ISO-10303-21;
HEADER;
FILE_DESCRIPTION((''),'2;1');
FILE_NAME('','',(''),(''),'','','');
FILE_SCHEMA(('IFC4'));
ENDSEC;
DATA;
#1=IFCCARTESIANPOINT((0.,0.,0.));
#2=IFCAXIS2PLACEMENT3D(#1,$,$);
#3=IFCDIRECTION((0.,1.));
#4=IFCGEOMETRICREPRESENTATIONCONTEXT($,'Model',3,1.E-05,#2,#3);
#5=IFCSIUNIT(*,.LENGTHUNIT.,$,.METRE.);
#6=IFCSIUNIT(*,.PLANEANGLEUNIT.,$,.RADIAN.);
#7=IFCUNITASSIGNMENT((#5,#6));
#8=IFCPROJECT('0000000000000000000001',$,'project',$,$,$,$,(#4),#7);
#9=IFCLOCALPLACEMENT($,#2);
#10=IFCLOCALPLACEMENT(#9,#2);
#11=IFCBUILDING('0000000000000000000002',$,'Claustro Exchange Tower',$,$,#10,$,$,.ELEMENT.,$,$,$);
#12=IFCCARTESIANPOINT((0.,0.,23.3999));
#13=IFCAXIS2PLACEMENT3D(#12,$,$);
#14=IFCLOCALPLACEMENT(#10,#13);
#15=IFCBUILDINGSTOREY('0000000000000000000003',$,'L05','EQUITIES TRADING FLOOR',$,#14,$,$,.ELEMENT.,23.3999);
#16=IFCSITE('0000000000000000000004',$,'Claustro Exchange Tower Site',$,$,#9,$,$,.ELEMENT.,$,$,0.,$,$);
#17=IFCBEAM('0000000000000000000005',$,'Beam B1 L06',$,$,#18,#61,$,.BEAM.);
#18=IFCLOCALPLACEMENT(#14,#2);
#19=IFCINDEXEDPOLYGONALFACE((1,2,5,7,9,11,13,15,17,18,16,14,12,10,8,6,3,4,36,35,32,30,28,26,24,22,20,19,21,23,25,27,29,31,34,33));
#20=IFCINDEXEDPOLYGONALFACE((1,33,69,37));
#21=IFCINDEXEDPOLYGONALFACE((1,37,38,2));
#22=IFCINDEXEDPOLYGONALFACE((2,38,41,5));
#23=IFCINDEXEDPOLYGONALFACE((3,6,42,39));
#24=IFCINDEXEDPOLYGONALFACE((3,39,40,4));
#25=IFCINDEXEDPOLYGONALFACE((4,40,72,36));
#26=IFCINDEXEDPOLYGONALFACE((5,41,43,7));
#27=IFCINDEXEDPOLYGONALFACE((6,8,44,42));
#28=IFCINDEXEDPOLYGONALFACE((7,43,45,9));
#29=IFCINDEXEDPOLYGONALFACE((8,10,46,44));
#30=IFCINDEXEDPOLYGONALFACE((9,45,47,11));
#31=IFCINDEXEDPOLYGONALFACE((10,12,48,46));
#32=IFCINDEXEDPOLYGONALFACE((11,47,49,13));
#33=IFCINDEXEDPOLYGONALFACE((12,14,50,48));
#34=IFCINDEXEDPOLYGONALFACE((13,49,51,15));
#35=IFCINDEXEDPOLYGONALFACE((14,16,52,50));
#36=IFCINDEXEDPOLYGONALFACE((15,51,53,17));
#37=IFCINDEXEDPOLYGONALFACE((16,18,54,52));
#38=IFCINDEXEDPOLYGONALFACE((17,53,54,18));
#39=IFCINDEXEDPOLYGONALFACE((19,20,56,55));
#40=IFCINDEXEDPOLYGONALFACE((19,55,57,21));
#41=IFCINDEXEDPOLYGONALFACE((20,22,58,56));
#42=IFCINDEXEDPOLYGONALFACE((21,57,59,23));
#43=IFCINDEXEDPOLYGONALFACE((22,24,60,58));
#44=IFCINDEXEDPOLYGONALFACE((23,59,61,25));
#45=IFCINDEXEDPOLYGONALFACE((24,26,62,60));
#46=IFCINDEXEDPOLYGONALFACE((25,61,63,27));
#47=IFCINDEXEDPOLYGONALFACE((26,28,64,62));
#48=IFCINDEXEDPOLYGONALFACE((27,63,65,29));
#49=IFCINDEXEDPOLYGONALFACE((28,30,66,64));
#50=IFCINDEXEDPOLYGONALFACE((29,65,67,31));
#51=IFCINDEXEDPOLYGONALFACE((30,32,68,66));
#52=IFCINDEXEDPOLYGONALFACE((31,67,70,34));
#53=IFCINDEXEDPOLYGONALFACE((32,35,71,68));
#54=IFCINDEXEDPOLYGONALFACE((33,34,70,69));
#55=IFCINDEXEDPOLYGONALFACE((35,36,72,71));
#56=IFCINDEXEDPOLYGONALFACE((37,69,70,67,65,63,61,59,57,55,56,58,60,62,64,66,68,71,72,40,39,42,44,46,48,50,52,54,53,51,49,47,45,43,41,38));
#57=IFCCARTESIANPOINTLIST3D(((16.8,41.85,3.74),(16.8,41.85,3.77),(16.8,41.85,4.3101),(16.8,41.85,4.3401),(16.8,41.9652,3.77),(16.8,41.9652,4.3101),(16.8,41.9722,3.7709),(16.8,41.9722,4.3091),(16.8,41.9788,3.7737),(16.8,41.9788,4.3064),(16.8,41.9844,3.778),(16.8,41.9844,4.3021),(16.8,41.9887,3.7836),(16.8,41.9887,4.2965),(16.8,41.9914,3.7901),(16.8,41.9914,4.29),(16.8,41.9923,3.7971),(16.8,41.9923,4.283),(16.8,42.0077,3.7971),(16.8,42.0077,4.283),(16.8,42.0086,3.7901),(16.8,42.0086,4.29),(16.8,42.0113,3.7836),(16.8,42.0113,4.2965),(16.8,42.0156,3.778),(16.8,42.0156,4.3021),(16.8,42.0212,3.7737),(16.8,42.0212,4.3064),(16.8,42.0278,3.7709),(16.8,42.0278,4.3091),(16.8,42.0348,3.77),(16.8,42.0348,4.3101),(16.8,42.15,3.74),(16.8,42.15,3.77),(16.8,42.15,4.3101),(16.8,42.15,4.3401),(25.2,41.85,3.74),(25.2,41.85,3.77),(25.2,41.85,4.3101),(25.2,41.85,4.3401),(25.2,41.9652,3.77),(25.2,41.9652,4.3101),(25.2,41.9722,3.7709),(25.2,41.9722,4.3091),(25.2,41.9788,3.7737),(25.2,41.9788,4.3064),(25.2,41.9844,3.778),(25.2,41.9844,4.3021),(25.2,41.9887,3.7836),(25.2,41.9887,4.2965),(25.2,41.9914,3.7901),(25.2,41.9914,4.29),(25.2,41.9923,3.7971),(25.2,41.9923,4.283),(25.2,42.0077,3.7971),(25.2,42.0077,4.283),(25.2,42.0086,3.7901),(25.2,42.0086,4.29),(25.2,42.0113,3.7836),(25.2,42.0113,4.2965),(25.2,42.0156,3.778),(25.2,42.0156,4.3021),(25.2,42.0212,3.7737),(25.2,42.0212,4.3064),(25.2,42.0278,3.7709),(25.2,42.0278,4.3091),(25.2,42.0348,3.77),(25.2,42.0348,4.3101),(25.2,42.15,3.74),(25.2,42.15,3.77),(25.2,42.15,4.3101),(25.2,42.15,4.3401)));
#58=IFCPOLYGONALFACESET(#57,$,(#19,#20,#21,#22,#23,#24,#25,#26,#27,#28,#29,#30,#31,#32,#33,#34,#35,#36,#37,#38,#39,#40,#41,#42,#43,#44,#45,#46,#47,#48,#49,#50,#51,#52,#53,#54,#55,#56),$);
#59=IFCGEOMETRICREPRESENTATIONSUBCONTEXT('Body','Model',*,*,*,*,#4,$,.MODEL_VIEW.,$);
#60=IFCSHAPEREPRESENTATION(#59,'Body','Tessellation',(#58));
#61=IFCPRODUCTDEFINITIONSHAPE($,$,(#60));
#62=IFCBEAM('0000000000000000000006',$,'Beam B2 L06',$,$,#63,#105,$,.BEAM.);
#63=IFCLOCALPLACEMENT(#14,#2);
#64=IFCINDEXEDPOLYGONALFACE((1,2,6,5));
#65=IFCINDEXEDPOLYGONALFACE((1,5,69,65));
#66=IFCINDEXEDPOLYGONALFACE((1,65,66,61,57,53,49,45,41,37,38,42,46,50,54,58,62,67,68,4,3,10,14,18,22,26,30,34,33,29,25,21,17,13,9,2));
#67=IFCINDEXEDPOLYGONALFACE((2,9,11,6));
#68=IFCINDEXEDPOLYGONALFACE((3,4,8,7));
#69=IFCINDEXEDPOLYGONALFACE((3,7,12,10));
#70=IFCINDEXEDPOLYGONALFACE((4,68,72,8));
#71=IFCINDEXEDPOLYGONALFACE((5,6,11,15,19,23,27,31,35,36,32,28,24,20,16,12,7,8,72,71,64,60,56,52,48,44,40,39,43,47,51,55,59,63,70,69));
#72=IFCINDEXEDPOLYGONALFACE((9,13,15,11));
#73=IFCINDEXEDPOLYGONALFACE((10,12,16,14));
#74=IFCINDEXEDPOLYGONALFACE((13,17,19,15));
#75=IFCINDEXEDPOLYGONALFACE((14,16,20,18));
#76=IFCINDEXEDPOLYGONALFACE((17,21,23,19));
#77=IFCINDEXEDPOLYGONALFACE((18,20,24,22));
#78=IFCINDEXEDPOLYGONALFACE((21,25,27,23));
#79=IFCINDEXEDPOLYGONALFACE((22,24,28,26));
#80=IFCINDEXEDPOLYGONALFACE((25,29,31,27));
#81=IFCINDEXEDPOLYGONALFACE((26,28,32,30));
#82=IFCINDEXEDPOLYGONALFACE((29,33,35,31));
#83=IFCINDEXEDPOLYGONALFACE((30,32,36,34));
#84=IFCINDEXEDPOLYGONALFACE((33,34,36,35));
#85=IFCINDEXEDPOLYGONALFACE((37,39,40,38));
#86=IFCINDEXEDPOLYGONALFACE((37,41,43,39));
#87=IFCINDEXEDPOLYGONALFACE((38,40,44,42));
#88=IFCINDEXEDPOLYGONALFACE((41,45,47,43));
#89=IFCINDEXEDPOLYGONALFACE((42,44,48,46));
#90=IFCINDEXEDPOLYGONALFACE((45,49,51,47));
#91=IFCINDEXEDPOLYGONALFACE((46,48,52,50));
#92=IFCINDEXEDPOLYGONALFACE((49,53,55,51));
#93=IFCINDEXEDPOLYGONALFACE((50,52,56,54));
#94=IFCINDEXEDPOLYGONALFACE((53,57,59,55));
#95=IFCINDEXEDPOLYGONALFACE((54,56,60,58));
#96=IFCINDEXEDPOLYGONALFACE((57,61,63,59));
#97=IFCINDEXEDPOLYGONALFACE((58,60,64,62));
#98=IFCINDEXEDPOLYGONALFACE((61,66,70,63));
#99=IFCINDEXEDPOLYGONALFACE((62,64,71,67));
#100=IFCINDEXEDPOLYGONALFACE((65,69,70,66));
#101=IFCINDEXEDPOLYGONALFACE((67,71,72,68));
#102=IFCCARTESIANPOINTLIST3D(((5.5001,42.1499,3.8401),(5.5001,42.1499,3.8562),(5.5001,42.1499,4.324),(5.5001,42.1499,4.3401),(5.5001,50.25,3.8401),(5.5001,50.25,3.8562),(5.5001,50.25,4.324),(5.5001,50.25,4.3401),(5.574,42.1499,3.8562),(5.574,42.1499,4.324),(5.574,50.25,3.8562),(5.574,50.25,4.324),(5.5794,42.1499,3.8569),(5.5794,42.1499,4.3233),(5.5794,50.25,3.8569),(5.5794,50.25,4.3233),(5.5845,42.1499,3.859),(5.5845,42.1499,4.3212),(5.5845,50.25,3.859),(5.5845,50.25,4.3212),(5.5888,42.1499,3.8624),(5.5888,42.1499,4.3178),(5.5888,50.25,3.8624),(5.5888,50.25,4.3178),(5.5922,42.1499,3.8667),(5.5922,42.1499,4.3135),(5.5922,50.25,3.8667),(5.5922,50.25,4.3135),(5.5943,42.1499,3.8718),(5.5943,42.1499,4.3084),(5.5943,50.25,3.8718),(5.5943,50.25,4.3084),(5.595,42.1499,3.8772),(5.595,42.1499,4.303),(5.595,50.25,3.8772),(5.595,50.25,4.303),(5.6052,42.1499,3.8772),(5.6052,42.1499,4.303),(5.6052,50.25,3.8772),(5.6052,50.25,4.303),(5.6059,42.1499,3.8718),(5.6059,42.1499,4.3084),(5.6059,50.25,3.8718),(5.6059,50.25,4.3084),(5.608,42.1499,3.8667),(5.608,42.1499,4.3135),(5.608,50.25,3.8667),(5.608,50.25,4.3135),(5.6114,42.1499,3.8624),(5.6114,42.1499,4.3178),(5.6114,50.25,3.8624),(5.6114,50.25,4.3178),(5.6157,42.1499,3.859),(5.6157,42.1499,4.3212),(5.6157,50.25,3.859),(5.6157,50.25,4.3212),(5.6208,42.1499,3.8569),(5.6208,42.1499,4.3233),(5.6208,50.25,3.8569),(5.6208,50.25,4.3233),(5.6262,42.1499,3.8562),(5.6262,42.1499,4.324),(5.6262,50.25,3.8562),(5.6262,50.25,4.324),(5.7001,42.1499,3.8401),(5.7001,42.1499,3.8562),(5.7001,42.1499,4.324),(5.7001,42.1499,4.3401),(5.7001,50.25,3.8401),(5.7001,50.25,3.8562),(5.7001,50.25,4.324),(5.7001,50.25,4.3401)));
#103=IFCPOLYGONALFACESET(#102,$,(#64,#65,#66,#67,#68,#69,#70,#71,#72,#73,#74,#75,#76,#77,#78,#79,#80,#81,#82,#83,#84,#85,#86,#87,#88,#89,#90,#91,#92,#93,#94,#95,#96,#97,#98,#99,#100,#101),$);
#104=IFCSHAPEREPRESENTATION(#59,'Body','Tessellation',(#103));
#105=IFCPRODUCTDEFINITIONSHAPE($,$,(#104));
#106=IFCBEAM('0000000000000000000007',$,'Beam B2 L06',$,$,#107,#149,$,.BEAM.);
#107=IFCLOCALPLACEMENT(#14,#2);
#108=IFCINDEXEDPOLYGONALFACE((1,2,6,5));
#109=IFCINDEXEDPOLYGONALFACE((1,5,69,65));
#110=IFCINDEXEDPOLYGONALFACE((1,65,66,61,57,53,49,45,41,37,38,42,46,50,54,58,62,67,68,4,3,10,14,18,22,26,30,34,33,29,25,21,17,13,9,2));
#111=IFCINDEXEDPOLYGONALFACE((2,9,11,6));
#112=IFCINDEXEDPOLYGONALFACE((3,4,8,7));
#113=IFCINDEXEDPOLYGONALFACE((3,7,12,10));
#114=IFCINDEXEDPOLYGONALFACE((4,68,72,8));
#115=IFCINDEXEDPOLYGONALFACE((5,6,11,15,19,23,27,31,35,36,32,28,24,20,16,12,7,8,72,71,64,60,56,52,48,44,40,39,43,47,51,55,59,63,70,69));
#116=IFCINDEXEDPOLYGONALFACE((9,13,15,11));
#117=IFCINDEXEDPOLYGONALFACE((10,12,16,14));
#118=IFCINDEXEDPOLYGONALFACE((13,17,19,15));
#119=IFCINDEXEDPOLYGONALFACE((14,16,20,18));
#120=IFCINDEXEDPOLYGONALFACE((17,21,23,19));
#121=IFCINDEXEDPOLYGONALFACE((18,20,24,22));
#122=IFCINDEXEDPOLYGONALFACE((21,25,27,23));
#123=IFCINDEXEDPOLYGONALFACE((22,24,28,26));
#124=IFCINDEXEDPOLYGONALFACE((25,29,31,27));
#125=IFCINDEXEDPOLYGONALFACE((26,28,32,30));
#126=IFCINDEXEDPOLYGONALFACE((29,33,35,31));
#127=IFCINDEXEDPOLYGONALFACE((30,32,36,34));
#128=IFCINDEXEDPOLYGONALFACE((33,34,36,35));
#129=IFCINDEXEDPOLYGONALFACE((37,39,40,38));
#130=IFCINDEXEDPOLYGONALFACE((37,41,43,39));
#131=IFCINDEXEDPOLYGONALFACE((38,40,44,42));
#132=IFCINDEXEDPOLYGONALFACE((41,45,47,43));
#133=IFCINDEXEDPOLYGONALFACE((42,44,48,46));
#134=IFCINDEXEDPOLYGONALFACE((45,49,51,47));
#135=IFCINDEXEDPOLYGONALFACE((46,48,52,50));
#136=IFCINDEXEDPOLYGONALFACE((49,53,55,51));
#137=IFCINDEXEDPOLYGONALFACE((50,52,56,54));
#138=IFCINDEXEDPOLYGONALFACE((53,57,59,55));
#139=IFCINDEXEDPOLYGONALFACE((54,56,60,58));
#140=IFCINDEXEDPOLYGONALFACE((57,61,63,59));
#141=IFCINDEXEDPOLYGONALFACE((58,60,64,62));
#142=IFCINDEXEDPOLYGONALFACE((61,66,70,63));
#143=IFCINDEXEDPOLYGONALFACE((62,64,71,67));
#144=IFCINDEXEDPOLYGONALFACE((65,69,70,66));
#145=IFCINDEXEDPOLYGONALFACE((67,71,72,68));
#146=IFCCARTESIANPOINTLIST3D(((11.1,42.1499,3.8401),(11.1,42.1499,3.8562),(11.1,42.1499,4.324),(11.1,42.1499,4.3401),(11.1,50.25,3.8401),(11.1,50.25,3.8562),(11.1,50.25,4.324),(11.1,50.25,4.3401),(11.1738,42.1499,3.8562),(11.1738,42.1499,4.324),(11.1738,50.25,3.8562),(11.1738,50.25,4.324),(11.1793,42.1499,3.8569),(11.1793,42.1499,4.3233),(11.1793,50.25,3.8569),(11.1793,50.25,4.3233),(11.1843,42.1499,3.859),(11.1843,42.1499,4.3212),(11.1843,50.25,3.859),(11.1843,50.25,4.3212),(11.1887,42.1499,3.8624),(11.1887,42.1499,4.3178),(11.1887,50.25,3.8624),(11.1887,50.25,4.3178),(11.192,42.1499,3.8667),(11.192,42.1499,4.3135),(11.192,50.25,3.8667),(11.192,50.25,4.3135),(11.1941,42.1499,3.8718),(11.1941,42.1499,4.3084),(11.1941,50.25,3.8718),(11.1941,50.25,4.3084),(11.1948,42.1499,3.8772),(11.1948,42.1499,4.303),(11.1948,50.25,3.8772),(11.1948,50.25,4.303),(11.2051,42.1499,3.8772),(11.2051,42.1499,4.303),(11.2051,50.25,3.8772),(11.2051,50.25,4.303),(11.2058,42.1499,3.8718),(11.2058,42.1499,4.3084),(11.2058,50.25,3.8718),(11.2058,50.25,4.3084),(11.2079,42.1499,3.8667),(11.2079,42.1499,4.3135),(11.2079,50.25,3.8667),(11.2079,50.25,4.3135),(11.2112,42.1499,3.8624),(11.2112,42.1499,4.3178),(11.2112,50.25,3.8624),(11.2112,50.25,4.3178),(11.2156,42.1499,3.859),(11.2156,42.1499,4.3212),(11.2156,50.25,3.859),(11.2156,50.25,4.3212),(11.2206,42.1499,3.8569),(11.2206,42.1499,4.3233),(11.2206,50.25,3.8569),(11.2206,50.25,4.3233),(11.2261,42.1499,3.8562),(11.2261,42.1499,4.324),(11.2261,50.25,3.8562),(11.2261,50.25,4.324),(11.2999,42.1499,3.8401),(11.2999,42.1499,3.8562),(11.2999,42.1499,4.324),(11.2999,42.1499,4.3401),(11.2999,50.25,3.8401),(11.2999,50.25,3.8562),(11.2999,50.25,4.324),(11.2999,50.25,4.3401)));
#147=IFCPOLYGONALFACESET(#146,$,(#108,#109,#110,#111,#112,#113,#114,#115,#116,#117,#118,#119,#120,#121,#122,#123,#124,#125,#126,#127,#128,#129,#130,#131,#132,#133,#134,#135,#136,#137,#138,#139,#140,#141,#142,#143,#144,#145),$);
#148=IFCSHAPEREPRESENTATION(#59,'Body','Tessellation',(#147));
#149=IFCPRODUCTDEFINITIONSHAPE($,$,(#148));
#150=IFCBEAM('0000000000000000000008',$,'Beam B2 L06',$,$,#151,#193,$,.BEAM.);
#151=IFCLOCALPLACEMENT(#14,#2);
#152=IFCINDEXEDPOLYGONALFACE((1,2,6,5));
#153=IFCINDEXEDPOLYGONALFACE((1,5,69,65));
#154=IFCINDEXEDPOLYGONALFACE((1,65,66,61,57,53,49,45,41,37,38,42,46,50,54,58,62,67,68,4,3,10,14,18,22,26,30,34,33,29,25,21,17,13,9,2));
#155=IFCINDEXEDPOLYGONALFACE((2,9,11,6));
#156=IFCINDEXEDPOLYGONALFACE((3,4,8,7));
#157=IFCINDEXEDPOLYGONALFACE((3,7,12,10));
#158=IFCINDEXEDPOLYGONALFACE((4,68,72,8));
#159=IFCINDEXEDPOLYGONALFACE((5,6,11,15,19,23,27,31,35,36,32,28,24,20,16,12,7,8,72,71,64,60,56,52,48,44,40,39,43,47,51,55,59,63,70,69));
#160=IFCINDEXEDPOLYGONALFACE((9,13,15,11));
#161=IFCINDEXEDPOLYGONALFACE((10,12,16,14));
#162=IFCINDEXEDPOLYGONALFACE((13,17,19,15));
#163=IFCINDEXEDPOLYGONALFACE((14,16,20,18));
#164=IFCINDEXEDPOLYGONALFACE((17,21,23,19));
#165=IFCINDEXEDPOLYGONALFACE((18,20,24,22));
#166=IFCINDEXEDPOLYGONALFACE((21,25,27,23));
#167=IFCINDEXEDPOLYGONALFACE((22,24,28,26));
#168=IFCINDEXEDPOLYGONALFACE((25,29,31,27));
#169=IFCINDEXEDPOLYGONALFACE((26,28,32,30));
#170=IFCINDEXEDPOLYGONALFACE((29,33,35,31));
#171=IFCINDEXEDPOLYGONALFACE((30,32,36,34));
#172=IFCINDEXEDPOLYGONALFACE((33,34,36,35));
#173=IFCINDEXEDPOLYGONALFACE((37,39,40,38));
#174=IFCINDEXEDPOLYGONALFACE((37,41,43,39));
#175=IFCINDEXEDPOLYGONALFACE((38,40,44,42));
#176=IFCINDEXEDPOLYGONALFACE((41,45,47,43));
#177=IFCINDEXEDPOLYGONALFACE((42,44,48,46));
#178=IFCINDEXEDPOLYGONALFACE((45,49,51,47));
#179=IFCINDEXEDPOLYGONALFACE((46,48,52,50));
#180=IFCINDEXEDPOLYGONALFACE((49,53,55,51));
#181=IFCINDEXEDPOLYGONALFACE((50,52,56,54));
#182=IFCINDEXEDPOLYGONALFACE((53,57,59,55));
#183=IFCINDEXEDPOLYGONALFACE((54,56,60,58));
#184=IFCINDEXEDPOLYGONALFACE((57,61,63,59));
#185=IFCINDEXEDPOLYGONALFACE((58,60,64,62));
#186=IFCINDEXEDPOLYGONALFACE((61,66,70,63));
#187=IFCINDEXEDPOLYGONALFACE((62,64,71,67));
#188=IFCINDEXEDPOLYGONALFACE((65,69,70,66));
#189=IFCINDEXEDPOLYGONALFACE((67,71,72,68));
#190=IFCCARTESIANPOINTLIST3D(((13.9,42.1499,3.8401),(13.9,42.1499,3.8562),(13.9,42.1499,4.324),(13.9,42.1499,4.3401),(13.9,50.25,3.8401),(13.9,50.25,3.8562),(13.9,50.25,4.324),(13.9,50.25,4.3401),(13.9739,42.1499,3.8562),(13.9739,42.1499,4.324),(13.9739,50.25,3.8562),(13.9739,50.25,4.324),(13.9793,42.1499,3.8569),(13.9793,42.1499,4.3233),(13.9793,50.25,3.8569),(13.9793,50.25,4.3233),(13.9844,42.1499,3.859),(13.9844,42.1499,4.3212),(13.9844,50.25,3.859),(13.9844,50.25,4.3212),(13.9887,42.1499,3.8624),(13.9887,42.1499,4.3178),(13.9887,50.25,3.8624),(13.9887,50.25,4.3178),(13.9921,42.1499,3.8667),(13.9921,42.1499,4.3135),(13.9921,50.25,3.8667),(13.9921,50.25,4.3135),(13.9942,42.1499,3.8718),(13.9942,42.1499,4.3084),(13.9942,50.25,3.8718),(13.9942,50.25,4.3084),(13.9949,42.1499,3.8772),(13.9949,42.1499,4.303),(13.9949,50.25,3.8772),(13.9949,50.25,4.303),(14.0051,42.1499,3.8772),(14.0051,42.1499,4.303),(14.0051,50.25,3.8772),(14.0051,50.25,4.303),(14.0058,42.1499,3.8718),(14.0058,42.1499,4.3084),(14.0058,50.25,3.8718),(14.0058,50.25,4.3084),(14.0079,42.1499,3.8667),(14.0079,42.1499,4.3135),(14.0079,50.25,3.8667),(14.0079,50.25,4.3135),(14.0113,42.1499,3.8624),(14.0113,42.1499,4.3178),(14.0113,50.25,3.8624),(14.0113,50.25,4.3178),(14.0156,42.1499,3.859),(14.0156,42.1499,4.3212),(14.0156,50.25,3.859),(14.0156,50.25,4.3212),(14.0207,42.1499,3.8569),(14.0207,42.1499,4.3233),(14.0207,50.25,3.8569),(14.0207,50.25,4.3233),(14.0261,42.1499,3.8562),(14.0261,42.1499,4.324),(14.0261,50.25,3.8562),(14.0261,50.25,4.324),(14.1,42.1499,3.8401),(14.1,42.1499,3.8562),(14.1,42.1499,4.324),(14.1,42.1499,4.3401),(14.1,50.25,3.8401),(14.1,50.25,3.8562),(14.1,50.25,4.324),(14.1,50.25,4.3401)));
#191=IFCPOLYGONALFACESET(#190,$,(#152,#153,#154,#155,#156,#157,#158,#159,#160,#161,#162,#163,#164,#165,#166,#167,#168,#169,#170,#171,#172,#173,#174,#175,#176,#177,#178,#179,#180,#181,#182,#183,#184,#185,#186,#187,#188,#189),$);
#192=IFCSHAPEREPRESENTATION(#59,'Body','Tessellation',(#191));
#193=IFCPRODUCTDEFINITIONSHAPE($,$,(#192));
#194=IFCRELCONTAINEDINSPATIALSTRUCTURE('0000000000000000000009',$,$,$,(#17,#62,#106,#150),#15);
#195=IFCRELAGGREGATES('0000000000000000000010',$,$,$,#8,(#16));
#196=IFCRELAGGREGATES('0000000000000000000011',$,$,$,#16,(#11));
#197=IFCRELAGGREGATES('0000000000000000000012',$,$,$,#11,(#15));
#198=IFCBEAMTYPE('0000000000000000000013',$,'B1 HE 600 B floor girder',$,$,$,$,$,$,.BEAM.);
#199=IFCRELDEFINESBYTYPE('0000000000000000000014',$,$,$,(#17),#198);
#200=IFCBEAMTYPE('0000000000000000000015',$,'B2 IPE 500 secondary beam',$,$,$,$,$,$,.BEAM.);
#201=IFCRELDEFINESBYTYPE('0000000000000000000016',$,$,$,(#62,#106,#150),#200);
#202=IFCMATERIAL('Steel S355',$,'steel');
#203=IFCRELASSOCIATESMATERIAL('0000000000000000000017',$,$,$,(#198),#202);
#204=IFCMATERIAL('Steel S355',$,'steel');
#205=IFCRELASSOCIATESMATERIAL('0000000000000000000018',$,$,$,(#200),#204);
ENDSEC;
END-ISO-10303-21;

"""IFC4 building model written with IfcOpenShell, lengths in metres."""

from ifc_helpers import new_model, si_unit, direction, frame, origin, origin_2d, place, context, subcontext, project, spatial, i_section, extrude, material, material_profile, profile_set, type_object, element, save


model = new_model("IFC4")

# Units and contexts
model_context = context("Model", 3, precision=1e-05, world=origin(), true_north=direction((0.0, 1.0)))
body_context = subcontext(model_context, "Body", "Model", "MODEL_VIEW")
ifc_project = project(units=[si_unit("LENGTHUNIT", "METRE"), si_unit("PLANEANGLEUNIT", "RADIAN")], contexts=[model_context])

# Site, building, storey
site_placement = place(None, origin())
site = spatial("IfcSite", under=ifc_project, at=site_placement, Name="Claustro Exchange Tower Site", CompositionType="ELEMENT", RefElevation=0.0)
building_placement = place(site_placement, origin())
building = spatial("IfcBuilding", under=site, at=building_placement, Name="Claustro Exchange Tower", CompositionType="ELEMENT")
storey_placement = place(building_placement, frame((0.0, 0.0, 23.3999)))
storey = spatial("IfcBuildingStorey", under=building, at=storey_placement, Name="L05", Description="EQUITIES TRADING FLOOR", CompositionType="ELEMENT", Elevation=23.3999)

# Beams
ifc_material_1 = material(Name="Steel S355", Category="steel")
ifc_material_profile_1 = material_profile(ifc_material_1, i_section(OverallWidth=0.3, OverallDepth=0.6001, WebThickness=0.0154, FlangeThickness=0.03, FilletRadius=0.0271, at=origin_2d()), Name="HE 600 B")
ifc_profile_set_1 = profile_set([ifc_material_profile_1], Name="Steel S355")
beam_type_1 = type_object("IfcBeamType", Name="B1 HE 600 B floor girder", PredefinedType="BEAM", material=ifc_profile_set_1)
beam_1_placement = place(storey_placement, frame((16.8, 42.0, 4.04), z_axis=(1.0, 0.0, 0.0), x_axis=(0.0, 1.0, 0.0)))
element("IfcBeam", 1, at=beam_1_placement, inside=storey, type_object=beam_type_1, Name="Beam B1 L06", PredefinedType="BEAM", context=body_context, shape_type="SweptSolid", body=[
    extrude(i_section(OverallWidth=0.3, OverallDepth=0.6001, WebThickness=0.0154, FlangeThickness=0.03, FilletRadius=0.0271, at=origin_2d()), origin(), (0.0, 0.0, 1.0), 8.3999),
])
ifc_material_2 = material(Name="Steel S355", Category="steel")
ifc_material_profile_2 = material_profile(ifc_material_2, i_section(OverallWidth=0.2, OverallDepth=0.5, WebThickness=0.0103, FlangeThickness=0.0161, FilletRadius=0.021, at=origin_2d()), Name="IPE 500")
ifc_profile_set_2 = profile_set([ifc_material_profile_2], Name="Steel S355")
beam_type_2 = type_object("IfcBeamType", Name="B2 IPE 500 secondary beam", PredefinedType="BEAM", material=ifc_profile_set_2)
for number, where, z_axis, x_axis, name in (
    (2, (5.6001, 42.1499, 4.0901), (0.0, 1.0, 0.0), (-1.0, 0.0, 0.0), "Beam B2 L06"),
    (3, (11.2, 42.1499, 4.0901), (0.0, 1.0, 0.0), (-1.0, 0.0, 0.0), "Beam B2 L06"),
    (4, (14.0, 42.1499, 4.0901), (0.0, 1.0, 0.0), (-1.0, 0.0, 0.0), "Beam B2 L06"),
):
    element("IfcBeam", number, at=place(storey_placement, frame(where, z_axis=z_axis, x_axis=x_axis)), inside=storey, type_object=beam_type_2, Name=name, PredefinedType="BEAM", context=body_context, shape_type="SweptSolid", body=[
        extrude(i_section(OverallWidth=0.2, OverallDepth=0.5, WebThickness=0.0103, FlangeThickness=0.0161, FilletRadius=0.021, at=origin_2d()), origin(), (0.0, 0.0, 1.0), 8.1001),
    ])

save(model, "model.ifc")
